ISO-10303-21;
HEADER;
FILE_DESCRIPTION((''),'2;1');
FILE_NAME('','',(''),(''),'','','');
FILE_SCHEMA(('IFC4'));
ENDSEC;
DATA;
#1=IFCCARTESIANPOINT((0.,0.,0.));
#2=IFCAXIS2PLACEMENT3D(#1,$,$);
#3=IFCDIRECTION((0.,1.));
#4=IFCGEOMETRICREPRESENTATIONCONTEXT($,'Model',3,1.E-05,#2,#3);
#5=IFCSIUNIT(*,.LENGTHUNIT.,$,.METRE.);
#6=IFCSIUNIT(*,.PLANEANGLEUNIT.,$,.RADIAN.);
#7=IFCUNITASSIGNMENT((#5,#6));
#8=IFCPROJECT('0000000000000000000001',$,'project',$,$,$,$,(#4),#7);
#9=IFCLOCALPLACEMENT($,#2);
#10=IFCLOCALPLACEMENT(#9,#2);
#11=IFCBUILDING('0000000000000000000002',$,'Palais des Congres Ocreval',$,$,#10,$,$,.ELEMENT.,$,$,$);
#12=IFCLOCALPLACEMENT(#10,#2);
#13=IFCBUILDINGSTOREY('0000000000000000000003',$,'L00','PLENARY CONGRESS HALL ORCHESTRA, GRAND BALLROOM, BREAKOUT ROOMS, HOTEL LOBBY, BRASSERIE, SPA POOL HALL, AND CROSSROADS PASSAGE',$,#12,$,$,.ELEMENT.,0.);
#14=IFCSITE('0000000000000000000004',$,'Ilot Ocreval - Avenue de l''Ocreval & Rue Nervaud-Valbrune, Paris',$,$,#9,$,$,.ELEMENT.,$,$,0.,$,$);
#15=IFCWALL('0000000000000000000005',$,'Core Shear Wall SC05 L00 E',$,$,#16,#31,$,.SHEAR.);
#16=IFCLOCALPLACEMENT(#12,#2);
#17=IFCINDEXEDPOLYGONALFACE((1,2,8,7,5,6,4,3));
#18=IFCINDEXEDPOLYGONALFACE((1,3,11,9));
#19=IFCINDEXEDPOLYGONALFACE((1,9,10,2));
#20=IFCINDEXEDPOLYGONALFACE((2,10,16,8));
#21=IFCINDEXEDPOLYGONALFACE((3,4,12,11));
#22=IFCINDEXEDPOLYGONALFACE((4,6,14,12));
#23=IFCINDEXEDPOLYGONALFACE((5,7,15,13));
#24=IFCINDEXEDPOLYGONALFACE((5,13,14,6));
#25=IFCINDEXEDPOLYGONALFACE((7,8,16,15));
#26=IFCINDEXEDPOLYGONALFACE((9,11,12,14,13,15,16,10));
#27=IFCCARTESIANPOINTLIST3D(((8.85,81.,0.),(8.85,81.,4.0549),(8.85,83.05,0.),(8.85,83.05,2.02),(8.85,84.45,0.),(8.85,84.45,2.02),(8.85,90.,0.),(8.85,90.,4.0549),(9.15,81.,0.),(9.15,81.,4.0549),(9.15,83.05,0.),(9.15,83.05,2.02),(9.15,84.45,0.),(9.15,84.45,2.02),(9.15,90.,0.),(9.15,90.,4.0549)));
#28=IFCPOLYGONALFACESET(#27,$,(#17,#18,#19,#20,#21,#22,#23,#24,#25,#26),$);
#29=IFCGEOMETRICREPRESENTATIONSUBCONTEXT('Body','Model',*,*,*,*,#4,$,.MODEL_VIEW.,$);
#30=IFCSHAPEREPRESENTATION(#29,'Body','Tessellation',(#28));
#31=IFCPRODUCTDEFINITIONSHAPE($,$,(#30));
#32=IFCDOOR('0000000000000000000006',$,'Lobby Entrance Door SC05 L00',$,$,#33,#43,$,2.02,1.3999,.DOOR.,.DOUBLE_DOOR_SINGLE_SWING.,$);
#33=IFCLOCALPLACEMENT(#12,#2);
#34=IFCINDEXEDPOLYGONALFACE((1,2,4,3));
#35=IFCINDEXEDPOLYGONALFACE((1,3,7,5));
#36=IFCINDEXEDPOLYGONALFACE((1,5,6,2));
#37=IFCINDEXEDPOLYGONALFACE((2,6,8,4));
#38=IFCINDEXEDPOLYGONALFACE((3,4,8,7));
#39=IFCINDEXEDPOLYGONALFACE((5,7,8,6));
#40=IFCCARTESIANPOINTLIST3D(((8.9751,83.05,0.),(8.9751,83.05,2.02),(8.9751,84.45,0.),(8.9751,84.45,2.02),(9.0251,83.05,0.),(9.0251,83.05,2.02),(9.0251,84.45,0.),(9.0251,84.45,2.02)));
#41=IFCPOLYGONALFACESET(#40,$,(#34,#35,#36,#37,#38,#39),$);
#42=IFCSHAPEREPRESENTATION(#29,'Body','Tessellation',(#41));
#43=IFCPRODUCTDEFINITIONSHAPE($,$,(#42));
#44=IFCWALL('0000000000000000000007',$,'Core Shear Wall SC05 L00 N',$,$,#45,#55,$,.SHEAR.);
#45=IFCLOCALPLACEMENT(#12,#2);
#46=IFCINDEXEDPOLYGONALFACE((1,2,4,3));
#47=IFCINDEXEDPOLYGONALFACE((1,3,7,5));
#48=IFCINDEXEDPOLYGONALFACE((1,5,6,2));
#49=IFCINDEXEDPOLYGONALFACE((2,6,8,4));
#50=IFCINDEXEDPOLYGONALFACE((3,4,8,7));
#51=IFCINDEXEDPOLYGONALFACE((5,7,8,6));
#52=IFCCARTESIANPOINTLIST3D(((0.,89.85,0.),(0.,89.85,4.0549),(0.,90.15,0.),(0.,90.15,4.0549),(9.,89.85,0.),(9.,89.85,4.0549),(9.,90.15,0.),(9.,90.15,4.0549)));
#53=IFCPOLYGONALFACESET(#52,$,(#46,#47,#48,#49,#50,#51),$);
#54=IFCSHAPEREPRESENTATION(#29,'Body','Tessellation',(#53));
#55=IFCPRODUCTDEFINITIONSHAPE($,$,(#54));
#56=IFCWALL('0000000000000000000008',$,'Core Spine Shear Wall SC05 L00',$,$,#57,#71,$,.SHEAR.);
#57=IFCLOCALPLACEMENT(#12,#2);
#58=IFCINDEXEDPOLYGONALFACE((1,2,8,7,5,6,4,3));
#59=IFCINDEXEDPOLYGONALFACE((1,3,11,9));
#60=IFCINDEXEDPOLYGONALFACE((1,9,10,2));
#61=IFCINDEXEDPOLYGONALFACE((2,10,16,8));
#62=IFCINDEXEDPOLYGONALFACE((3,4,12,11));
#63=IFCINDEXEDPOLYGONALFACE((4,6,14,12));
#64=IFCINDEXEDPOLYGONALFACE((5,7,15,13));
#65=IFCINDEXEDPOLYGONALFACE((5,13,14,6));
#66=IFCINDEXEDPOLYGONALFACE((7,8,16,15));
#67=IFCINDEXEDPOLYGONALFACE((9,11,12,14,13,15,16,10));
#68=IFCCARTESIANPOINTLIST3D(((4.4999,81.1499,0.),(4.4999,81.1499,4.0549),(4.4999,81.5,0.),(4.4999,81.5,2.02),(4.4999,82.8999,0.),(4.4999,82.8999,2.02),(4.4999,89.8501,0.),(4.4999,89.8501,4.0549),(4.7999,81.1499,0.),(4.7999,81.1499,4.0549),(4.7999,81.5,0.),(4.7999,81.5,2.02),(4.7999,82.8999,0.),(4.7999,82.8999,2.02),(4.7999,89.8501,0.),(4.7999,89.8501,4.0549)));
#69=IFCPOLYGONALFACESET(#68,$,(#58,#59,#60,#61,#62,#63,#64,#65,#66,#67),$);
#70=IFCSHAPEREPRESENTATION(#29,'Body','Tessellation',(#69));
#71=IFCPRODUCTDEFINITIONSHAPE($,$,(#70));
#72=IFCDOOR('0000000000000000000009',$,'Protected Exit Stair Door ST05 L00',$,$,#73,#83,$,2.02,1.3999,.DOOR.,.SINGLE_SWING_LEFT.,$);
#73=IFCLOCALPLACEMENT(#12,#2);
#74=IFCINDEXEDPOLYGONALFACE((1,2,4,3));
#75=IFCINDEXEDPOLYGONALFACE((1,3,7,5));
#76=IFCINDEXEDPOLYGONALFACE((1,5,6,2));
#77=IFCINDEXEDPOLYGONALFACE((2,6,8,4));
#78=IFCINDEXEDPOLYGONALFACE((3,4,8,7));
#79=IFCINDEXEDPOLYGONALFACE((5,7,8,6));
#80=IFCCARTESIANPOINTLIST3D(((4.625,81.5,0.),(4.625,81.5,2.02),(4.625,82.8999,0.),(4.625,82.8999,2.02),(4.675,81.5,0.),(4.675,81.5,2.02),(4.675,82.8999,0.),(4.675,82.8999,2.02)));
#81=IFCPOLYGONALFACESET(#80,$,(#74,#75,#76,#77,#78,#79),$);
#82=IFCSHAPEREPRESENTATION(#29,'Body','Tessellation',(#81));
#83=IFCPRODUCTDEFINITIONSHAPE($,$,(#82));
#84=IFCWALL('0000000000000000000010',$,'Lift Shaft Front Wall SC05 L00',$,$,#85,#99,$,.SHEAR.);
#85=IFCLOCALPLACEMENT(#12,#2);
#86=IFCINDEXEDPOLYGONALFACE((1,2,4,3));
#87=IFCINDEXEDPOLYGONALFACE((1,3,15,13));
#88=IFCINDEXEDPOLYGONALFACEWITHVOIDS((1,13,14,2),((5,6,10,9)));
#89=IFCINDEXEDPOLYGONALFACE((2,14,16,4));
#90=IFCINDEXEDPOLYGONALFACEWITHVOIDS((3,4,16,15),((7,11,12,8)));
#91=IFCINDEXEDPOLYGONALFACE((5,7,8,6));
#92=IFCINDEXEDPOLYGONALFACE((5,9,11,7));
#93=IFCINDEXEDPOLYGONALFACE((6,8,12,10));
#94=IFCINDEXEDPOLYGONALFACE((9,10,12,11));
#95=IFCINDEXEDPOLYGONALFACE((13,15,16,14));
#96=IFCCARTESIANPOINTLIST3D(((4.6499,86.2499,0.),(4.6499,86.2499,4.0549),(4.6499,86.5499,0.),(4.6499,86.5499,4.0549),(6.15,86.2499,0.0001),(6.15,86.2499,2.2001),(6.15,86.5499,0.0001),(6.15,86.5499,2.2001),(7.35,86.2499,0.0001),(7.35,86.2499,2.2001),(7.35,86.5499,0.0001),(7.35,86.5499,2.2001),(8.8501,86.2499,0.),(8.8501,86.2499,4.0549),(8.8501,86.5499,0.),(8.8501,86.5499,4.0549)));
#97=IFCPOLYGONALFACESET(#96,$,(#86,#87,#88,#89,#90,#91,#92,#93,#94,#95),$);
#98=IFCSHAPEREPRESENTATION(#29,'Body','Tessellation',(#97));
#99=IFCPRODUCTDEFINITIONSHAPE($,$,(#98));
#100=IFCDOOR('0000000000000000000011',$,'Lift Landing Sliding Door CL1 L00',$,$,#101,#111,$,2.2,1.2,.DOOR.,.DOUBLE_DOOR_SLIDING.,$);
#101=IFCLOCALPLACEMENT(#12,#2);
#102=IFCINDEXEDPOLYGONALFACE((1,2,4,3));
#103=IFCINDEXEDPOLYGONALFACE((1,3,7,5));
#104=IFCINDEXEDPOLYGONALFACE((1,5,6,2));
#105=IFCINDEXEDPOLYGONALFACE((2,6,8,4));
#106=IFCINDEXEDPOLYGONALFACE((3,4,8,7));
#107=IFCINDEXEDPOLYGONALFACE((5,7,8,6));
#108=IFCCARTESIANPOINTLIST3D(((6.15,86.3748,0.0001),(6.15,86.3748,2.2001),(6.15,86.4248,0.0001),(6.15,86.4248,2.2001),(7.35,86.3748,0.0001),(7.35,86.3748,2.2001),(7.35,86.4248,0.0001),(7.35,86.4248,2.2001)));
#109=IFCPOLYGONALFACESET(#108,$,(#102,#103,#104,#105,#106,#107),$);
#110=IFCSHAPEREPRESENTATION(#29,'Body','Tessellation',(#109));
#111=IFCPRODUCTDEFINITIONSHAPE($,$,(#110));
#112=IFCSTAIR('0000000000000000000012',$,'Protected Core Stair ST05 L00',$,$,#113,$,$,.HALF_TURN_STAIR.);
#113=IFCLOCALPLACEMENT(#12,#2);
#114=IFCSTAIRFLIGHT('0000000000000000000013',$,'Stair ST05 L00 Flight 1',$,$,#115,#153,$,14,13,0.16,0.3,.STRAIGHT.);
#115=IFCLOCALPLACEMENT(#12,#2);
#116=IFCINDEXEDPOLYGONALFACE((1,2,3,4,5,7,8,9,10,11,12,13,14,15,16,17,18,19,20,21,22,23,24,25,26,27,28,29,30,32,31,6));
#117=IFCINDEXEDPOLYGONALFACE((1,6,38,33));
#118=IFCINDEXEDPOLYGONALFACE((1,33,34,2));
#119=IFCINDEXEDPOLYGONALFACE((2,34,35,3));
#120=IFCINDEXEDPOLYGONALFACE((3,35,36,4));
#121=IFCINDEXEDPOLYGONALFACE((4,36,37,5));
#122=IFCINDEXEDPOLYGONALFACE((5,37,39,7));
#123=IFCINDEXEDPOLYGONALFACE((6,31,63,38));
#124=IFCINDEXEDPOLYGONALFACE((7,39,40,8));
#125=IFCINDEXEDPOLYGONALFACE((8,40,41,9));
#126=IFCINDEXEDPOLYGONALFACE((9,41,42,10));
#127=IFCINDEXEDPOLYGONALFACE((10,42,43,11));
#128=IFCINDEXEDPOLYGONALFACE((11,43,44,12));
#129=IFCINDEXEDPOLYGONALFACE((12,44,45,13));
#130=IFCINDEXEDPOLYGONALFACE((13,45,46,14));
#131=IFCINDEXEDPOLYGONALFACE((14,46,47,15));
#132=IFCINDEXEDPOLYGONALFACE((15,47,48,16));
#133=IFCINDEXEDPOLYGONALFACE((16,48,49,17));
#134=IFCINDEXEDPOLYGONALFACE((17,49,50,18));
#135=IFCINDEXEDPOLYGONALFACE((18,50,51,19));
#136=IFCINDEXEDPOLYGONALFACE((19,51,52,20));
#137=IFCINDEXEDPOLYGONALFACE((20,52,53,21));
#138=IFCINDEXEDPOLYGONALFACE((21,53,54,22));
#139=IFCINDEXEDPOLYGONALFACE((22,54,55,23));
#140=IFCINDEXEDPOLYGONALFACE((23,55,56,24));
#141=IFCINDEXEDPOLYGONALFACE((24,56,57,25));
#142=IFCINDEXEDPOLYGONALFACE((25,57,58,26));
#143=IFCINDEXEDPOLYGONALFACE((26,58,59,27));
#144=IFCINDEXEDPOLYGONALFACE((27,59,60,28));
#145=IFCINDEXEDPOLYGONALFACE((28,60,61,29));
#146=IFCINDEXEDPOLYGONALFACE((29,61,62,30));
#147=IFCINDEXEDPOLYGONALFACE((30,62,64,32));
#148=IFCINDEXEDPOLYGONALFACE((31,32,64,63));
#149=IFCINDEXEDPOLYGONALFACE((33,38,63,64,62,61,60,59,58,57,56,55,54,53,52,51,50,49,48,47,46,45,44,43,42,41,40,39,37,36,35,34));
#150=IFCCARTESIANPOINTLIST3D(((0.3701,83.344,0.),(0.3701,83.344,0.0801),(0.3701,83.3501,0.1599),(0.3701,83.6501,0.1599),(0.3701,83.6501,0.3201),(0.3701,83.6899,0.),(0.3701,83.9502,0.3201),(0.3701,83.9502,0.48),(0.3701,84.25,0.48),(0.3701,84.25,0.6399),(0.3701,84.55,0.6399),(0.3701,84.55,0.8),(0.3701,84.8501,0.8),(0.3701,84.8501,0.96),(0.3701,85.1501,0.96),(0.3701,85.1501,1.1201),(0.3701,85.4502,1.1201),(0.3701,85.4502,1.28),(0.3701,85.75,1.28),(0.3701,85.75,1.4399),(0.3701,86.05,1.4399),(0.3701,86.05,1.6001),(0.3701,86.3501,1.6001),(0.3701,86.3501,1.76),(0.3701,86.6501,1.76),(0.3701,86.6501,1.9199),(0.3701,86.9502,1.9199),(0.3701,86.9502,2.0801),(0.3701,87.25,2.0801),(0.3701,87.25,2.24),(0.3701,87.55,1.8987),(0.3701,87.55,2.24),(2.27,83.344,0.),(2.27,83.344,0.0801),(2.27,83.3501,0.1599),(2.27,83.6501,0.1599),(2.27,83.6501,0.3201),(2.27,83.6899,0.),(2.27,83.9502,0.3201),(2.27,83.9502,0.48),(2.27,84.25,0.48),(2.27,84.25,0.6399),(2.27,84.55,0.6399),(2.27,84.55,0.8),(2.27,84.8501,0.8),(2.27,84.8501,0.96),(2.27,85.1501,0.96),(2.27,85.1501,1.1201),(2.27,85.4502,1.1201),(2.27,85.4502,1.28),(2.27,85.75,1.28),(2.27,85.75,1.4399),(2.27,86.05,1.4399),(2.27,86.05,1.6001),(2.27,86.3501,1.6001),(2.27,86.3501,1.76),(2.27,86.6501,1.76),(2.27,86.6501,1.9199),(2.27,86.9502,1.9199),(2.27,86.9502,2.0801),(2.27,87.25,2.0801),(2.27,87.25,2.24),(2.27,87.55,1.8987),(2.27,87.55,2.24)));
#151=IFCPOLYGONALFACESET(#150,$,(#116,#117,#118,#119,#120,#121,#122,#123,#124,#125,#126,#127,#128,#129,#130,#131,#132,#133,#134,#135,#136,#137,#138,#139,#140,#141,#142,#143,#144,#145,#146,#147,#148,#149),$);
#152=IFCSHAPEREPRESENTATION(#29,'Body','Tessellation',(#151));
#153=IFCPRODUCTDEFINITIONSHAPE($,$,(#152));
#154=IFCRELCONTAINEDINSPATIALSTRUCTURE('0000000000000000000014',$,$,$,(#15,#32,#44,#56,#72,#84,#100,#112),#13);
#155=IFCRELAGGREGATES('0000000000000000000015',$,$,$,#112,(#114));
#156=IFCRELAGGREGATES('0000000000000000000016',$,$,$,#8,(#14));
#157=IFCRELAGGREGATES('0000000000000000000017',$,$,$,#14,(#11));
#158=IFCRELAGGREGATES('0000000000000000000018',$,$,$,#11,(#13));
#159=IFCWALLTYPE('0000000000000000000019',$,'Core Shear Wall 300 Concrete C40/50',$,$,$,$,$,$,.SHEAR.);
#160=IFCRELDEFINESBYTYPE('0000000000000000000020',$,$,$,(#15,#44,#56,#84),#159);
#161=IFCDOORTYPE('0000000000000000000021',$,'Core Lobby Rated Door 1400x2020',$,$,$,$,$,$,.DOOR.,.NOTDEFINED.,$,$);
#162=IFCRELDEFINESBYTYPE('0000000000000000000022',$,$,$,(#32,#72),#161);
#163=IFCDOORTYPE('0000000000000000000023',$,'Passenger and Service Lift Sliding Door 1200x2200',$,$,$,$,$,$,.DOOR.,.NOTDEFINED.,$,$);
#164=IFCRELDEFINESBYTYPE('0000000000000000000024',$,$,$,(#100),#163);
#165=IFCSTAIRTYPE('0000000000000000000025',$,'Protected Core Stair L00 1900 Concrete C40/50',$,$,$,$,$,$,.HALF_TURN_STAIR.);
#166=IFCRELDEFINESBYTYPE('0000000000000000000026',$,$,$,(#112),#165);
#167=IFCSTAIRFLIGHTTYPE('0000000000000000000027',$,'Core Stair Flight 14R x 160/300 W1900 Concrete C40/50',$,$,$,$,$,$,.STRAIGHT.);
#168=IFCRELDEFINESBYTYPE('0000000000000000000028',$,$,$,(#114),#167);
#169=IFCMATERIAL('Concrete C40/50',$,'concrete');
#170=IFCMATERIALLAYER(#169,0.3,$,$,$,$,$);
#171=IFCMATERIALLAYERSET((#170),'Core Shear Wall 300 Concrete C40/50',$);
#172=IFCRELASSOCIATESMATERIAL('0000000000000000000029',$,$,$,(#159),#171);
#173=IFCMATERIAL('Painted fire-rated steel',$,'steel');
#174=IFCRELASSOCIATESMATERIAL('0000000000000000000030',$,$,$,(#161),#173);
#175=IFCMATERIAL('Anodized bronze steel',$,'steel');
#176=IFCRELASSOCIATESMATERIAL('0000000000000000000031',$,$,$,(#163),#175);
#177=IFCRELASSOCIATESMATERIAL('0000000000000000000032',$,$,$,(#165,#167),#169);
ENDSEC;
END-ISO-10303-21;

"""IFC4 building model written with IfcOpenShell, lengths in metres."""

from ifc_helpers import new_model, si_unit, direction, frame, frame_2d, origin, place, context, subcontext, project, spatial, polyline, rectangle, outline, extrude, material, layer, layer_set, type_object, element, fill, aggregate, save


model = new_model("IFC4")

# Units and contexts
model_context = context("Model", 3, precision=1e-05, world=origin(), true_north=direction((0.0, 1.0)))
body_context = subcontext(model_context, "Body", "Model", "MODEL_VIEW")
ifc_project = project(units=[si_unit("LENGTHUNIT", "METRE"), si_unit("PLANEANGLEUNIT", "RADIAN")], contexts=[model_context])

# Site, building, storey
site_placement = place(None, origin())
site = spatial("IfcSite", under=ifc_project, at=site_placement, Name="Ilot Ocreval - Avenue de l'Ocreval & Rue Nervaud-Valbrune, Paris", CompositionType="ELEMENT", RefElevation=0.0)
building_placement = place(site_placement, origin())
building = spatial("IfcBuilding", under=site, at=building_placement, Name="Palais des Congres Ocreval", CompositionType="ELEMENT")
storey_placement = place(building_placement, origin())
storey = spatial("IfcBuildingStorey", under=building, at=storey_placement, Name="L00", Description="PLENARY CONGRESS HALL ORCHESTRA, GRAND BALLROOM, BREAKOUT ROOMS, HOTEL LOBBY, BRASSERIE, SPA POOL HALL, AND CROSSROADS PASSAGE", CompositionType="ELEMENT", Elevation=0.0)

# Wall, opening, door
ifc_material_1 = material(Name="Concrete C40/50", Category="concrete")
ifc_layer = layer(ifc_material_1, 0.3)
ifc_layer_set = layer_set([ifc_layer], Name="Core Shear Wall 300 Concrete C40/50")
wall_type = type_object("IfcWallType", Name="Core Shear Wall 300 Concrete C40/50", PredefinedType="SHEAR", material=ifc_layer_set)
wall_1_placement = place(storey_placement, frame((9.0, 81.0, 0.0), z_axis=(0.0, 0.0, 1.0), x_axis=(0.0, 1.0, 0.0)))
wall_1 = element("IfcWall", 1, at=wall_1_placement, inside=storey, type_object=wall_type, Name="Core Shear Wall SC05 L00 E", PredefinedType="SHEAR", context=body_context, shape_type="SweptSolid", body=[
    extrude(rectangle(XDim=9.0, YDim=0.3, at=frame_2d((4.5, 0.0))), origin(), (0.0, 0.0, 1.0), 4.0549),
])
opening_1_placement = place(wall_1_placement, frame((2.05, 0.0, 0.0)))
opening_1 = element("IfcOpeningElement", 2, at=opening_1_placement, cuts=wall_1, PredefinedType="OPENING", context=body_context, shape_type="SweptSolid", body=[
    extrude(rectangle(XDim=1.3999, YDim=2.02, at=frame_2d((0.7, 1.01))), frame((0.0, 0.1599, 0.0), z_axis=(0.0, -1.0, 0.0), x_axis=(1.0, 0.0, 0.0)), (0.0, 0.0, 1.0), 0.3201),
])
ifc_material_2 = material(Name="Painted fire-rated steel", Category="steel")
door_type_1 = type_object("IfcDoorType", Name="Core Lobby Rated Door 1400x2020", OperationType="NOTDEFINED", PredefinedType="DOOR", material=ifc_material_2)
door_1_placement = place(opening_1_placement, origin())
door_1 = element("IfcDoor", 3, at=door_1_placement, inside=storey, type_object=door_type_1, Name="Lobby Entrance Door SC05 L00", OperationType="DOUBLE_DOOR_SINGLE_SWING", OverallHeight=2.02, OverallWidth=1.3999, PredefinedType="DOOR", context=body_context, shape_type="SweptSolid", body=[
    extrude(rectangle(XDim=1.3999, YDim=2.02, at=frame_2d((0.7, 1.01))), frame((0.0, 0.0249, 0.0), z_axis=(0.0, -1.0, 0.0), x_axis=(1.0, 0.0, 0.0)), (0.0, 0.0, 1.0), 0.05),
])
fill(opening_1, door_1)

# Wall
wall_2_placement = place(storey_placement, frame((0.0, 90.0, 0.0), z_axis=(0.0, 0.0, 1.0), x_axis=(1.0, 0.0, 0.0)))
element("IfcWall", 4, at=wall_2_placement, inside=storey, type_object=wall_type, Name="Core Shear Wall SC05 L00 N", PredefinedType="SHEAR", context=body_context, shape_type="SweptSolid", body=[
    extrude(rectangle(XDim=9.0, YDim=0.3, at=frame_2d((4.5, 0.0))), origin(), (0.0, 0.0, 1.0), 4.0549),
])

# Walls, openings, doors
wall_3_placement = place(storey_placement, frame((4.6499, 81.1499, 0.0), z_axis=(0.0, 0.0, 1.0), x_axis=(0.0, 1.0, 0.0)))
wall_3 = element("IfcWall", 5, at=wall_3_placement, inside=storey, type_object=wall_type, Name="Core Spine Shear Wall SC05 L00", PredefinedType="SHEAR", context=body_context, shape_type="SweptSolid", body=[
    extrude(rectangle(XDim=8.7002, YDim=0.3, at=frame_2d((4.3501, 0.0))), origin(), (0.0, 0.0, 1.0), 4.0549),
])
opening_2_placement = place(wall_3_placement, frame((0.3501, 0.0, 0.0)))
opening_2 = element("IfcOpeningElement", 6, at=opening_2_placement, cuts=wall_3, PredefinedType="OPENING", context=body_context, shape_type="SweptSolid", body=[
    extrude(rectangle(XDim=1.3999, YDim=2.02, at=frame_2d((0.7, 1.01))), frame((0.0, 0.1599, 0.0), z_axis=(0.0, -1.0, 0.0), x_axis=(1.0, 0.0, 0.0)), (0.0, 0.0, 1.0), 0.3201),
])
door_2_placement = place(opening_2_placement, origin())
door_2 = element("IfcDoor", 7, at=door_2_placement, inside=storey, type_object=door_type_1, Name="Protected Exit Stair Door ST05 L00", OperationType="SINGLE_SWING_LEFT", OverallHeight=2.02, OverallWidth=1.3999, PredefinedType="DOOR", context=body_context, shape_type="SweptSolid", body=[
    extrude(rectangle(XDim=1.3999, YDim=2.02, at=frame_2d((0.7, 1.01))), frame((0.0, 0.0249, 0.0), z_axis=(0.0, -1.0, 0.0), x_axis=(1.0, 0.0, 0.0)), (0.0, 0.0, 1.0), 0.05),
])
fill(opening_2, door_2)
wall_4_placement = place(storey_placement, frame((4.6499, 86.3999, 0.0), z_axis=(0.0, 0.0, 1.0), x_axis=(1.0, 0.0, 0.0)))
wall_4 = element("IfcWall", 8, at=wall_4_placement, inside=storey, type_object=wall_type, Name="Lift Shaft Front Wall SC05 L00", PredefinedType="SHEAR", context=body_context, shape_type="SweptSolid", body=[
    extrude(rectangle(XDim=4.2002, YDim=0.3, at=frame_2d((2.1001, 0.0))), origin(), (0.0, 0.0, 1.0), 4.0549),
])
opening_3_placement = place(wall_4_placement, frame((1.5, 0.0, 0.0)))
opening_3 = element("IfcOpeningElement", 9, at=opening_3_placement, cuts=wall_4, PredefinedType="OPENING", context=body_context, shape_type="SweptSolid", body=[
    extrude(rectangle(XDim=1.2, YDim=2.2, at=frame_2d((0.6001, 1.1001))), frame((0.0, 0.1599, 0.0), z_axis=(0.0, -1.0, 0.0), x_axis=(1.0, 0.0, 0.0)), (0.0, 0.0, 1.0), 0.3201),
])
ifc_material_3 = material(Name="Anodized bronze steel", Category="steel")
door_type_2 = type_object("IfcDoorType", Name="Passenger and Service Lift Sliding Door 1200x2200", OperationType="NOTDEFINED", PredefinedType="DOOR", material=ifc_material_3)
door_3_placement = place(opening_3_placement, origin())
door_3 = element("IfcDoor", 10, at=door_3_placement, inside=storey, type_object=door_type_2, Name="Lift Landing Sliding Door CL1 L00", OperationType="DOUBLE_DOOR_SLIDING", OverallHeight=2.2, OverallWidth=1.2, PredefinedType="DOOR", context=body_context, shape_type="SweptSolid", body=[
    extrude(rectangle(XDim=1.2, YDim=2.2, at=frame_2d((0.6001, 1.1001))), frame((0.0, 0.0249, 0.0), z_axis=(0.0, -1.0, 0.0), x_axis=(1.0, 0.0, 0.0)), (0.0, 0.0, 1.0), 0.05),
])
fill(opening_3, door_3)

# Stair, stair flight
stair_type = type_object("IfcStairType", Name="Protected Core Stair L00 1900 Concrete C40/50", PredefinedType="HALF_TURN_STAIR", material=ifc_material_1)
stair_placement = place(storey_placement, origin())
stair = element("IfcStair", 11, at=stair_placement, inside=storey, type_object=stair_type, Name="Protected Core Stair ST05 L00", PredefinedType="HALF_TURN_STAIR")
stair_flight_type = type_object("IfcStairFlightType", Name="Core Stair Flight 14R x 160/300 W1900 Concrete C40/50", PredefinedType="STRAIGHT", material=ifc_material_1)
stair_flight_1_placement = place(storey_placement, frame((1.3201, 83.3501, 0.0), z_axis=(0.0, 0.0, 1.0), x_axis=(0.0, 1.0, 0.0)))
stair_flight_1 = element("IfcStairFlight", 12, at=stair_flight_1_placement, type_object=stair_flight_type, Name="Stair ST05 L00 Flight 1", NumberOfRisers=14, NumberOfTreads=13, PredefinedType="STRAIGHT", RiserHeight=0.16, TreadLength=0.3, context=body_context, shape_type="SweptSolid", body=[
    extrude(outline(polyline([(-0.0061, 0.0), (-0.0061, 0.0801), (0.0, 0.1599), (0.3, 0.1599), (0.3, 0.3201), (0.6001, 0.3201), (0.6001, 0.48), (0.8999, 0.48), (0.8999, 0.6399), (1.2, 0.6399), (1.2, 0.8), (1.5, 0.8), (1.5, 0.96), (1.8, 0.96), (1.8, 1.1201), (2.1001, 1.1201), (2.1001, 1.28), (2.3999, 1.28), (2.3999, 1.4399), (2.7, 1.4399), (2.7, 1.6001), (3.0, 1.6001), (3.0, 1.76), (3.3, 1.76), (3.3, 1.9199), (3.6001, 1.9199), (3.6001, 2.0801), (3.8999, 2.0801), (3.8999, 2.24), (4.2, 2.24), (4.2, 1.8987), (0.3398, 0.0), (-0.0061, 0.0)])), frame((0.0, 0.95, 0.0), z_axis=(0.0, -1.0, 0.0), x_axis=(1.0, 0.0, 0.0)), (0.0, 0.0, 1.0), 1.8999),
])
aggregate(stair, [stair_flight_1])

save(model, "model.ifc")
